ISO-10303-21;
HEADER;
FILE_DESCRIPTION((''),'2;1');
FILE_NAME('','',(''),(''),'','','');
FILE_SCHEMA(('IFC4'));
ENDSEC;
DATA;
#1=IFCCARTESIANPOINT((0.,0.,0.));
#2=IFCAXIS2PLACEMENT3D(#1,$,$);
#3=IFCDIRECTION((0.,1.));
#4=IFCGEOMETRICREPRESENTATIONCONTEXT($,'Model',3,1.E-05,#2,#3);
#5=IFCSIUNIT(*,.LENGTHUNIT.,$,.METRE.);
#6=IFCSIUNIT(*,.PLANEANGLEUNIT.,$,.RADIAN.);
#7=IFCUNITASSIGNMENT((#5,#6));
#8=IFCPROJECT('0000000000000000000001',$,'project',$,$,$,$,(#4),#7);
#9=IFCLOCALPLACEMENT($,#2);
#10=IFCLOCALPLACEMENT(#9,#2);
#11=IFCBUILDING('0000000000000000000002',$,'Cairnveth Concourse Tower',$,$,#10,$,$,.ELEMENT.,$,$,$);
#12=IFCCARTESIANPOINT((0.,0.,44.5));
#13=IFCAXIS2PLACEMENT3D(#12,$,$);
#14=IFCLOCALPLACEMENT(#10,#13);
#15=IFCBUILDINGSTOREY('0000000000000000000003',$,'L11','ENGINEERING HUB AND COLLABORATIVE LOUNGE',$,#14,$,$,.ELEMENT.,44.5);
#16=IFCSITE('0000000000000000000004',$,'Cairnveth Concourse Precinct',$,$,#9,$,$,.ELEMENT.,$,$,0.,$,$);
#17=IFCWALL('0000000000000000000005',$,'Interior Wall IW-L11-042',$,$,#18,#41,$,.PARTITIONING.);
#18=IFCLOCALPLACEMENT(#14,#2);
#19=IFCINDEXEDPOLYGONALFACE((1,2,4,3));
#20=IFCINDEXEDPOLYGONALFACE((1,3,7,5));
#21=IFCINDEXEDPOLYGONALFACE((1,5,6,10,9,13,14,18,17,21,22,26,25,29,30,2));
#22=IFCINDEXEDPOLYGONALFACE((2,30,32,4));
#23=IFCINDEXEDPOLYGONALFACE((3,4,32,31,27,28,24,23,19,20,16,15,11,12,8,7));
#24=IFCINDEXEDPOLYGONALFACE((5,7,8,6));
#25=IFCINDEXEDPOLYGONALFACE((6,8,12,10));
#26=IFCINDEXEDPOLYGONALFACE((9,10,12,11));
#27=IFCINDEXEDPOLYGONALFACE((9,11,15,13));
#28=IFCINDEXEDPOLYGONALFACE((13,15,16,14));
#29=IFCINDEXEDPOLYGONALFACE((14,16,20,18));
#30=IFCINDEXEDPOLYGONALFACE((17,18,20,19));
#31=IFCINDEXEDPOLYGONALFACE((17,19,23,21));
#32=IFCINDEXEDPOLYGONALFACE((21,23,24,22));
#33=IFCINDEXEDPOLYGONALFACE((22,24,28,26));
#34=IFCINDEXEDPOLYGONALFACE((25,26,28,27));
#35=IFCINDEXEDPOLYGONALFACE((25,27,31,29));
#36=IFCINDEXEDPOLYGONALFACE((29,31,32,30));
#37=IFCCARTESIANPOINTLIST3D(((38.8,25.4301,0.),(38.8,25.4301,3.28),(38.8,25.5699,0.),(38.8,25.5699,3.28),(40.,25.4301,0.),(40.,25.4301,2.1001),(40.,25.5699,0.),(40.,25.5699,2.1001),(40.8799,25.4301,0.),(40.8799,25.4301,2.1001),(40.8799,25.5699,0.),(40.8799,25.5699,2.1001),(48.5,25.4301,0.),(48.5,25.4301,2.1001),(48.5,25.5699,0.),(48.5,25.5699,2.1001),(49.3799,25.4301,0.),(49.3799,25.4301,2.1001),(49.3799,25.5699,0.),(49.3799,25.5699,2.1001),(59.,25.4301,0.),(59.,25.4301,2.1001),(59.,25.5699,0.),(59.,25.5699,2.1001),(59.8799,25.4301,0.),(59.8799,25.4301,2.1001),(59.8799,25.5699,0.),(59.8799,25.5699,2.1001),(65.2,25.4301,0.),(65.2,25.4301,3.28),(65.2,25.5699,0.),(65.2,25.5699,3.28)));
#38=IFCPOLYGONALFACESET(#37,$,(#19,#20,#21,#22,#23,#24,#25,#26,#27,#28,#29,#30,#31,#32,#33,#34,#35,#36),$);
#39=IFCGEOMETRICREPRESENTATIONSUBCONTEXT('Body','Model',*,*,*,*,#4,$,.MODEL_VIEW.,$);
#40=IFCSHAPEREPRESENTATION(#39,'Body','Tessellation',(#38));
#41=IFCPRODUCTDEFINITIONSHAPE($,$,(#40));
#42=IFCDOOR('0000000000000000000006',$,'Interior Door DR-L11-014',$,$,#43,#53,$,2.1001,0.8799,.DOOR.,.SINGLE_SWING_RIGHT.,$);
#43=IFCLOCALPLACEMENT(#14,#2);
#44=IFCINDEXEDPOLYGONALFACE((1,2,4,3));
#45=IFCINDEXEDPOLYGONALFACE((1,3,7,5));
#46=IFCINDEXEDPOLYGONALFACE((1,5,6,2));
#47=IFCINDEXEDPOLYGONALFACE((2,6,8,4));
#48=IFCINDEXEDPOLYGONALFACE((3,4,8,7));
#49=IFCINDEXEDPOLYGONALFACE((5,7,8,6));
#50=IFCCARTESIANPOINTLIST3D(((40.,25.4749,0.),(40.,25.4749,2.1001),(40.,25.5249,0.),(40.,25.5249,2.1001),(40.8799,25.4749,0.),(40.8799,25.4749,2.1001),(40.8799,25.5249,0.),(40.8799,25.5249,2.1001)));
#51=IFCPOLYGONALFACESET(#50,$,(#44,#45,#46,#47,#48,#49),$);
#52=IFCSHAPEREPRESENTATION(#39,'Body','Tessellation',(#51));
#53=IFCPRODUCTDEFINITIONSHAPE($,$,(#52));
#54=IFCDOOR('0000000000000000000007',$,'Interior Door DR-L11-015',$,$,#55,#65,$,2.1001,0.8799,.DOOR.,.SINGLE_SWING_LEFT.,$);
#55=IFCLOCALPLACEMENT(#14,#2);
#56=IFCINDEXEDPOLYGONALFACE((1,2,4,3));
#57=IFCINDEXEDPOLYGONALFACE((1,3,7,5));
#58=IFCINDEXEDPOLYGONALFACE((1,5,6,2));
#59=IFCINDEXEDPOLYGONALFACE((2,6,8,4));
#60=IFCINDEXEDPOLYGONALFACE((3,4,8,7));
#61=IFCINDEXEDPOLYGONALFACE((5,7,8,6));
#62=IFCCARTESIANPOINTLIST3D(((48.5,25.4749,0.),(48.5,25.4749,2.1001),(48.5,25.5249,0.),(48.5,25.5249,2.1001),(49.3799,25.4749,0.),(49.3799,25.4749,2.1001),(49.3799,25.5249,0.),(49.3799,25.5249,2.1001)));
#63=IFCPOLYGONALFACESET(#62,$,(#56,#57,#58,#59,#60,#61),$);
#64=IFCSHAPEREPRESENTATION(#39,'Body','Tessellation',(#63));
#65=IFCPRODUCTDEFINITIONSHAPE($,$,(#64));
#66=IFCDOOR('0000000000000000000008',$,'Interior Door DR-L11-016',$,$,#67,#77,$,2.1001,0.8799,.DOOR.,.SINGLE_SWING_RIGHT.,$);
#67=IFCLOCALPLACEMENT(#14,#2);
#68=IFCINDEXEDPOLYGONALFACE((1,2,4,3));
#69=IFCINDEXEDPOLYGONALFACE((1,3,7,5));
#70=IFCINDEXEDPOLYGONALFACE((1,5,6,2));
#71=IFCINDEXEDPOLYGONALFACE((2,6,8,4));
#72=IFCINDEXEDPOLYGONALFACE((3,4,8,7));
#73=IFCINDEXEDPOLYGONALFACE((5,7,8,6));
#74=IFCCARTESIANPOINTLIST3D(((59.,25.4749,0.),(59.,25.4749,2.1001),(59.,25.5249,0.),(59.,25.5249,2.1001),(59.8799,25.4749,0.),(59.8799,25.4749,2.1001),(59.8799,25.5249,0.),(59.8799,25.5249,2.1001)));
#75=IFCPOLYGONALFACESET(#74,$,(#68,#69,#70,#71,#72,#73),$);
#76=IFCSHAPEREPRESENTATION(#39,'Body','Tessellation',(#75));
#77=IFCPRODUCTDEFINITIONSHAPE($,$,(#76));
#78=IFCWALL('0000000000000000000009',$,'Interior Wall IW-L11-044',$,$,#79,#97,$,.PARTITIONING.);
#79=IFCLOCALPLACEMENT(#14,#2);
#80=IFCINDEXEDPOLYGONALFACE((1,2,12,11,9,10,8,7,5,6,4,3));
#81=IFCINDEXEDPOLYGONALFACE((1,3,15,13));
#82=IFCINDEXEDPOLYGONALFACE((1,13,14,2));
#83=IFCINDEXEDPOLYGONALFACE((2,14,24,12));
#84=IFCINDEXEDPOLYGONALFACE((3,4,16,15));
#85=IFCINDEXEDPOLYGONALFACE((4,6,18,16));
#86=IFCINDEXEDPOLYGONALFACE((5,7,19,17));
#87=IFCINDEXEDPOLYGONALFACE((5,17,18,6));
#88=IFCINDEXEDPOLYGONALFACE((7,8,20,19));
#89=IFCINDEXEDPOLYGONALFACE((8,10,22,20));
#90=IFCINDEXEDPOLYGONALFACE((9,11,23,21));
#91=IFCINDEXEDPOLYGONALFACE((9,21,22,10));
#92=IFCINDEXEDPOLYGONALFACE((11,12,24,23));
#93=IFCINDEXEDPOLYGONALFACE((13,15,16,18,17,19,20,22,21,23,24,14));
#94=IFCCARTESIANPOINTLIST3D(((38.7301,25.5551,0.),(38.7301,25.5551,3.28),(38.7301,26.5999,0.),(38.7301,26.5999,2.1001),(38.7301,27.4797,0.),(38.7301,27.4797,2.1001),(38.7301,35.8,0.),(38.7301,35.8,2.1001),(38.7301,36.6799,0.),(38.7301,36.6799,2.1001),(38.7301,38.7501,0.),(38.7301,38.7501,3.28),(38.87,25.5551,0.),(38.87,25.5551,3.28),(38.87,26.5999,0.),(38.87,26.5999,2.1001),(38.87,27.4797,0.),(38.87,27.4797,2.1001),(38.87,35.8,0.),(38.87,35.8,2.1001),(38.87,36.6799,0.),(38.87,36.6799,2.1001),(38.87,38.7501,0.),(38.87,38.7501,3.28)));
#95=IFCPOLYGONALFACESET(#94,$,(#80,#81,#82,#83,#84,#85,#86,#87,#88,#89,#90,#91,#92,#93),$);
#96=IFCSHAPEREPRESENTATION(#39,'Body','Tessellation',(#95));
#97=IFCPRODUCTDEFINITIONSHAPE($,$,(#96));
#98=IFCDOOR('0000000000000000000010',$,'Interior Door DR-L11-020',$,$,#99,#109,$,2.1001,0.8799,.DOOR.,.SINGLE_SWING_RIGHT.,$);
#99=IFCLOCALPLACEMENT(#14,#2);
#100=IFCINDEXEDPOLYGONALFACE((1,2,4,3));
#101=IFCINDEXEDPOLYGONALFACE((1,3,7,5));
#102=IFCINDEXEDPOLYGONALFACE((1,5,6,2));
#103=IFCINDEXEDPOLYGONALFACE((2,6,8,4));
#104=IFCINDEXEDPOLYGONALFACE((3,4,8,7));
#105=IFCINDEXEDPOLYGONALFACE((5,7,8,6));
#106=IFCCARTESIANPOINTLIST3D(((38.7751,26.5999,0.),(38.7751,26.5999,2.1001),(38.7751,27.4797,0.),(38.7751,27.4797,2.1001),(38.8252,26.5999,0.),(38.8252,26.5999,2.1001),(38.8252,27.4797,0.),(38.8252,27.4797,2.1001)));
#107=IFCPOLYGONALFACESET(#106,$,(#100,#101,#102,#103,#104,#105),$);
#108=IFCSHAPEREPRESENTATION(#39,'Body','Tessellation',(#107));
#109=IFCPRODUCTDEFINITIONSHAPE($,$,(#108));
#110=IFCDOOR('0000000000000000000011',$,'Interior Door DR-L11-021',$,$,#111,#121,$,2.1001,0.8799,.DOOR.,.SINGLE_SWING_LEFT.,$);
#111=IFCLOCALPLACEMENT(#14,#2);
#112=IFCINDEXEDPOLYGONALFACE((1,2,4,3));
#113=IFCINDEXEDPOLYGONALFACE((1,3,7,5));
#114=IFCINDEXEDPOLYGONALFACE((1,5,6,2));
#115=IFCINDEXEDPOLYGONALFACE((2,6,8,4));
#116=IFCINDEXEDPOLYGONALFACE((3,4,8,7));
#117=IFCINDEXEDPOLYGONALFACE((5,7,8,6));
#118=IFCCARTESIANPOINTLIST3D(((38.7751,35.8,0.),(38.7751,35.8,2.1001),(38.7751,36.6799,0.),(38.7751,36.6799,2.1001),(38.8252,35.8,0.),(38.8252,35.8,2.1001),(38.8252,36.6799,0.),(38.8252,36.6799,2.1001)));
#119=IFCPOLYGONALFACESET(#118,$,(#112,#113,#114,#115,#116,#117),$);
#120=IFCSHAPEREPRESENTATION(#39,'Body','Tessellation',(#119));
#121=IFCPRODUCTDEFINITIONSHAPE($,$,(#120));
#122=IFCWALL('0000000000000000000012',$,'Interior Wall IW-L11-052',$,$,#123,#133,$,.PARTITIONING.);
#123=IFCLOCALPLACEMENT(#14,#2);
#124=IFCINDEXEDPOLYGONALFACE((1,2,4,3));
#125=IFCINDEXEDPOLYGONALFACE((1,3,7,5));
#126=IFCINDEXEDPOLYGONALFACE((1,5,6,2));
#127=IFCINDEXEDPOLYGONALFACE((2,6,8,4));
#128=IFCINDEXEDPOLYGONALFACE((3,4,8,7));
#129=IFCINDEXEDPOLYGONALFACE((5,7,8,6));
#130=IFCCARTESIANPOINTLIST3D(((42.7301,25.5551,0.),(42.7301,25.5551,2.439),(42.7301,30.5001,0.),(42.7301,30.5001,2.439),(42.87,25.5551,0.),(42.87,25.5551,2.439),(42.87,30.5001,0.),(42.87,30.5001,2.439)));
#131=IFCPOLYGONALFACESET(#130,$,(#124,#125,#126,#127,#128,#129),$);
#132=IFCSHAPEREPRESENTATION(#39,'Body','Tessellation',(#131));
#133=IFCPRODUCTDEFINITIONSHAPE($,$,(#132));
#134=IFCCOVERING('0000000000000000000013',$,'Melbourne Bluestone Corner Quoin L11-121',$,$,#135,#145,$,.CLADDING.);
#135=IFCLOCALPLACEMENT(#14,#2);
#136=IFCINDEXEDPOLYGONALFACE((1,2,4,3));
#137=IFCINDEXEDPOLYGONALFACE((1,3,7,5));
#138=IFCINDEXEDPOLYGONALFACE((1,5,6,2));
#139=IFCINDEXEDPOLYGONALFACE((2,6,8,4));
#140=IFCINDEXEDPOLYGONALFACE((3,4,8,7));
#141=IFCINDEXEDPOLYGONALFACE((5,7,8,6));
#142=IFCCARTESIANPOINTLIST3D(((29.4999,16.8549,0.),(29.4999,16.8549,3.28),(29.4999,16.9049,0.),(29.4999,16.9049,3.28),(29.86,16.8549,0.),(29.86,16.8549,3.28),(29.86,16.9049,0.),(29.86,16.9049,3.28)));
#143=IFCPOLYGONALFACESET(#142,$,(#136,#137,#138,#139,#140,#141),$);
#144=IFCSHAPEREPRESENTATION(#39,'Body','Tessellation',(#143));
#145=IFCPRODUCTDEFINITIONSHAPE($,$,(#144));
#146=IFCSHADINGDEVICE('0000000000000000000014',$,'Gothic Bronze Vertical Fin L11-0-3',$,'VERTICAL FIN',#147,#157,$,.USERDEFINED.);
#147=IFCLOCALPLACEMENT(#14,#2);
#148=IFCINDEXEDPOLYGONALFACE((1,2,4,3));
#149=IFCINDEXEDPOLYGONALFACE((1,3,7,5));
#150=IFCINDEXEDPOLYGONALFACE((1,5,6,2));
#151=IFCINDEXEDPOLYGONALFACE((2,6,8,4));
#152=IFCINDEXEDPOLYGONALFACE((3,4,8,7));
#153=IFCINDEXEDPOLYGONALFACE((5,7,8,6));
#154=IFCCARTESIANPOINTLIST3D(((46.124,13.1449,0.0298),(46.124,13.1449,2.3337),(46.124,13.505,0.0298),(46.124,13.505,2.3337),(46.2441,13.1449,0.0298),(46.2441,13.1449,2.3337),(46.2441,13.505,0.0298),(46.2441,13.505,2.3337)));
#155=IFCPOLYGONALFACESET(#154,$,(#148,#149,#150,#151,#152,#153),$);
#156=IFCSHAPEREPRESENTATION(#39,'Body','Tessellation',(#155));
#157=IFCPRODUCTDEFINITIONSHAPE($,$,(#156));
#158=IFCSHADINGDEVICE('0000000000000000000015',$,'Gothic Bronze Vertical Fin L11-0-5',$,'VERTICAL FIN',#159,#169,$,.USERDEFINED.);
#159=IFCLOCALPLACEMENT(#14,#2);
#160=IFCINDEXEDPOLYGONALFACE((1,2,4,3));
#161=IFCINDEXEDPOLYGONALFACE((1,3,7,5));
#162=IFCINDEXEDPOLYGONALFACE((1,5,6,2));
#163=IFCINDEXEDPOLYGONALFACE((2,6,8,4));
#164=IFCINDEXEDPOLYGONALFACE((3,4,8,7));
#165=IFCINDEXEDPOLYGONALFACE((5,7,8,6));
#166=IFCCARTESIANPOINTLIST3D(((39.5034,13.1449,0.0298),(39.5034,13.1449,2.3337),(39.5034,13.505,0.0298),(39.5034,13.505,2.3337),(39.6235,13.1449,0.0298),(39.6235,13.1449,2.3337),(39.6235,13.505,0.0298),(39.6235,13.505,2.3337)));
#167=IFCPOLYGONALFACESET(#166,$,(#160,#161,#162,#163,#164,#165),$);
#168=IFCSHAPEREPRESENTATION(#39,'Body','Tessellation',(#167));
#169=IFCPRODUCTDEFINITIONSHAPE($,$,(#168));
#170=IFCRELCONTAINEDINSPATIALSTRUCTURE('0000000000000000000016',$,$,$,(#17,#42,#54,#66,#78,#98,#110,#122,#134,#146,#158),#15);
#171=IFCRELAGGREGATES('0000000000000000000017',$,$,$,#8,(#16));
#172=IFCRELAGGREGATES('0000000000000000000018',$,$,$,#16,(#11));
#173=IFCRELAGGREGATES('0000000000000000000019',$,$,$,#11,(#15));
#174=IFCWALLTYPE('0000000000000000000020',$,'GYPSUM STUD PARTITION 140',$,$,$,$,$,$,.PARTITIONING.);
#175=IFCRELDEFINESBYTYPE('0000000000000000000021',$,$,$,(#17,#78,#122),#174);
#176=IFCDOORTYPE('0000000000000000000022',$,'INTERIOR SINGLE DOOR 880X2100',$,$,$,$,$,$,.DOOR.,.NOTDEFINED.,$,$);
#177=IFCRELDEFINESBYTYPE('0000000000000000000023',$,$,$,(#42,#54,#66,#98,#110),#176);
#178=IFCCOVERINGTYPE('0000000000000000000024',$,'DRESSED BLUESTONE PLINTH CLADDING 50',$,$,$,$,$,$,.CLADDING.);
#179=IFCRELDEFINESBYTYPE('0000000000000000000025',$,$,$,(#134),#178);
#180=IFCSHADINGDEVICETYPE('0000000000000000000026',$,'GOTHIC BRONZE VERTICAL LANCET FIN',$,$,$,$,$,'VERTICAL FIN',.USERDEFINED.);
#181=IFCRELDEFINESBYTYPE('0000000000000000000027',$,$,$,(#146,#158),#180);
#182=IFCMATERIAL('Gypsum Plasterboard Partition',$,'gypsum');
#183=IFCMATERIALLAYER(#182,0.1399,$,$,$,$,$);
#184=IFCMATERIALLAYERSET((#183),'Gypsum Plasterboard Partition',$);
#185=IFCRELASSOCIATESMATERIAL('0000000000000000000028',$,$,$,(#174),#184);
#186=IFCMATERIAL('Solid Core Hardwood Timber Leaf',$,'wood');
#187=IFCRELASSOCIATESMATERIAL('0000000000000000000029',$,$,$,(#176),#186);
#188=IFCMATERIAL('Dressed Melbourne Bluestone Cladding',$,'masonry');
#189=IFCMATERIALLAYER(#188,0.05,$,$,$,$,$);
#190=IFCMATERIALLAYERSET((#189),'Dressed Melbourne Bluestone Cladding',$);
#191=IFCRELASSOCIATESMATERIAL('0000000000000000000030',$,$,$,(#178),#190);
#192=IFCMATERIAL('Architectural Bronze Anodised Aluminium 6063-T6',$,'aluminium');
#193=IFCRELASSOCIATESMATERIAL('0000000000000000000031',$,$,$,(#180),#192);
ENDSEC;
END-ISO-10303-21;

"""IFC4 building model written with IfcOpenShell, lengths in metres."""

from ifc_helpers import new_model, si_unit, direction, frame, frame_2d, origin, origin_2d, place, context, subcontext, project, spatial, rectangle, extrude, material, layer, layer_set, type_object, element, fill, save


model = new_model("IFC4")

# Units and contexts
model_context = context("Model", 3, precision=1e-05, world=origin(), true_north=direction((0.0, 1.0)))
body_context = subcontext(model_context, "Body", "Model", "MODEL_VIEW")
ifc_project = project(units=[si_unit("LENGTHUNIT", "METRE"), si_unit("PLANEANGLEUNIT", "RADIAN")], contexts=[model_context])

# Site, building, storey
site_placement = place(None, origin())
site = spatial("IfcSite", under=ifc_project, at=site_placement, Name="Cairnveth Concourse Precinct", CompositionType="ELEMENT", RefElevation=0.0)
building_placement = place(site_placement, origin())
building = spatial("IfcBuilding", under=site, at=building_placement, Name="Cairnveth Concourse Tower", CompositionType="ELEMENT")
storey_placement = place(building_placement, frame((0.0, 0.0, 44.5)))
storey = spatial("IfcBuildingStorey", under=building, at=storey_placement, Name="L11", Description="ENGINEERING HUB AND COLLABORATIVE LOUNGE", CompositionType="ELEMENT", Elevation=44.5)

# Walls, openings, doors
ifc_material_1 = material(Name="Gypsum Plasterboard Partition", Category="gypsum")
ifc_layer_1 = layer(ifc_material_1, 0.1399)
ifc_layer_set_1 = layer_set([ifc_layer_1], Name="Gypsum Plasterboard Partition")
wall_type_1 = type_object("IfcWallType", Name="GYPSUM STUD PARTITION 140", PredefinedType="PARTITIONING", material=ifc_layer_set_1)
ifc_material_2 = material(Name="Solid Core Hardwood Timber Leaf", Category="wood")
wall_1_placement = place(storey_placement, frame((38.8, 25.5, 0.0), z_axis=(0.0, 0.0, 1.0), x_axis=(1.0, 0.0, 0.0)))
wall_1 = element("IfcWall", 1, at=wall_1_placement, inside=storey, type_object=wall_type_1, Name="Interior Wall IW-L11-042", PredefinedType="PARTITIONING", context=body_context, shape_type="SweptSolid", body=[
    extrude(rectangle(XDim=26.3999, YDim=0.1399, at=frame_2d((13.2, 0.0))), origin(), (0.0, 0.0, 1.0), 3.28),
])
opening_1_placement = place(wall_1_placement, frame((1.2, 0.0, 0.0)))
opening_1 = element("IfcOpeningElement", 2, at=opening_1_placement, cuts=wall_1, PredefinedType="OPENING", context=body_context, shape_type="SweptSolid", body=[
    extrude(rectangle(XDim=0.8799, YDim=2.1001, at=frame_2d((0.4399, 1.05))), frame((0.0, 0.0798, 0.0), z_axis=(0.0, -1.0, 0.0), x_axis=(1.0, 0.0, 0.0)), (0.0, 0.0, 1.0), 0.1599),
])
opening_2_placement = place(wall_1_placement, frame((9.7, 0.0, 0.0)))
opening_2 = element("IfcOpeningElement", 3, at=opening_2_placement, cuts=wall_1, PredefinedType="OPENING", context=body_context, shape_type="SweptSolid", body=[
    extrude(rectangle(XDim=0.8799, YDim=2.1001, at=frame_2d((0.4399, 1.05))), frame((0.0, 0.0798, 0.0), z_axis=(0.0, -1.0, 0.0), x_axis=(1.0, 0.0, 0.0)), (0.0, 0.0, 1.0), 0.1599),
])
opening_3_placement = place(wall_1_placement, frame((20.2, 0.0, 0.0)))
opening_3 = element("IfcOpeningElement", 4, at=opening_3_placement, cuts=wall_1, PredefinedType="OPENING", context=body_context, shape_type="SweptSolid", body=[
    extrude(rectangle(XDim=0.8799, YDim=2.1001, at=frame_2d((0.4399, 1.05))), frame((0.0, 0.0798, 0.0), z_axis=(0.0, -1.0, 0.0), x_axis=(1.0, 0.0, 0.0)), (0.0, 0.0, 1.0), 0.1599),
])
door_type_1 = type_object("IfcDoorType", Name="INTERIOR SINGLE DOOR 880X2100", OperationType="NOTDEFINED", PredefinedType="DOOR", material=ifc_material_2)
door_1_placement = place(opening_1_placement, origin())
door_1 = element("IfcDoor", 5, at=door_1_placement, inside=storey, type_object=door_type_1, Name="Interior Door DR-L11-014", OperationType="SINGLE_SWING_RIGHT", OverallHeight=2.1001, OverallWidth=0.8799, PredefinedType="DOOR", context=body_context, shape_type="SweptSolid", body=[
    extrude(rectangle(XDim=0.8799, YDim=2.1001, at=frame_2d((0.4399, 1.05))), frame((0.0, 0.0249, 0.0), z_axis=(0.0, -1.0, 0.0), x_axis=(1.0, 0.0, 0.0)), (0.0, 0.0, 1.0), 0.05),
])
fill(opening_1, door_1)
door_2_placement = place(opening_2_placement, origin())
door_2 = element("IfcDoor", 6, at=door_2_placement, inside=storey, type_object=door_type_1, Name="Interior Door DR-L11-015", OperationType="SINGLE_SWING_LEFT", OverallHeight=2.1001, OverallWidth=0.8799, PredefinedType="DOOR", context=body_context, shape_type="SweptSolid", body=[
    extrude(rectangle(XDim=0.8799, YDim=2.1001, at=frame_2d((0.4399, 1.05))), frame((0.0, 0.0249, 0.0), z_axis=(0.0, -1.0, 0.0), x_axis=(1.0, 0.0, 0.0)), (0.0, 0.0, 1.0), 0.05),
])
fill(opening_2, door_2)
door_3_placement = place(opening_3_placement, origin())
door_3 = element("IfcDoor", 7, at=door_3_placement, inside=storey, type_object=door_type_1, Name="Interior Door DR-L11-016", OperationType="SINGLE_SWING_RIGHT", OverallHeight=2.1001, OverallWidth=0.8799, PredefinedType="DOOR", context=body_context, shape_type="SweptSolid", body=[
    extrude(rectangle(XDim=0.8799, YDim=2.1001, at=frame_2d((0.4399, 1.05))), frame((0.0, 0.0249, 0.0), z_axis=(0.0, -1.0, 0.0), x_axis=(1.0, 0.0, 0.0)), (0.0, 0.0, 1.0), 0.05),
])
fill(opening_3, door_3)
wall_2_placement = place(storey_placement, frame((38.8, 25.5549, 0.0), z_axis=(0.0, 0.0, 1.0), x_axis=(0.0, 1.0, 0.0)))
wall_2 = element("IfcWall", 8, at=wall_2_placement, inside=storey, type_object=wall_type_1, Name="Interior Wall IW-L11-044", PredefinedType="PARTITIONING", context=body_context, shape_type="SweptSolid", body=[
    extrude(rectangle(XDim=13.1951, YDim=0.1399, at=frame_2d((6.5977, 0.0))), origin(), (0.0, 0.0, 1.0), 3.28),
])
opening_4_placement = place(wall_2_placement, frame((1.0449, 0.0, 0.0)))
opening_4 = element("IfcOpeningElement", 9, at=opening_4_placement, cuts=wall_2, PredefinedType="OPENING", context=body_context, shape_type="SweptSolid", body=[
    extrude(rectangle(XDim=0.8799, YDim=2.1001, at=frame_2d((0.4399, 1.05))), frame((0.0, 0.0798, 0.0), z_axis=(0.0, -1.0, 0.0), x_axis=(1.0, 0.0, 0.0)), (0.0, 0.0, 1.0), 0.1599),
])
opening_5_placement = place(wall_2_placement, frame((10.2451, 0.0, 0.0)))
opening_5 = element("IfcOpeningElement", 10, at=opening_5_placement, cuts=wall_2, PredefinedType="OPENING", context=body_context, shape_type="SweptSolid", body=[
    extrude(rectangle(XDim=0.8799, YDim=2.1001, at=frame_2d((0.4399, 1.05))), frame((0.0, 0.0798, 0.0), z_axis=(0.0, -1.0, 0.0), x_axis=(1.0, 0.0, 0.0)), (0.0, 0.0, 1.0), 0.1599),
])
door_4_placement = place(opening_4_placement, origin())
door_4 = element("IfcDoor", 11, at=door_4_placement, inside=storey, type_object=door_type_1, Name="Interior Door DR-L11-020", OperationType="SINGLE_SWING_RIGHT", OverallHeight=2.1001, OverallWidth=0.8799, PredefinedType="DOOR", context=body_context, shape_type="SweptSolid", body=[
    extrude(rectangle(XDim=0.8799, YDim=2.1001, at=frame_2d((0.4399, 1.05))), frame((0.0, 0.0249, 0.0), z_axis=(0.0, -1.0, 0.0), x_axis=(1.0, 0.0, 0.0)), (0.0, 0.0, 1.0), 0.05),
])
fill(opening_4, door_4)
door_5_placement = place(opening_5_placement, origin())
door_5 = element("IfcDoor", 12, at=door_5_placement, inside=storey, type_object=door_type_1, Name="Interior Door DR-L11-021", OperationType="SINGLE_SWING_LEFT", OverallHeight=2.1001, OverallWidth=0.8799, PredefinedType="DOOR", context=body_context, shape_type="SweptSolid", body=[
    extrude(rectangle(XDim=0.8799, YDim=2.1001, at=frame_2d((0.4399, 1.05))), frame((0.0, 0.0249, 0.0), z_axis=(0.0, -1.0, 0.0), x_axis=(1.0, 0.0, 0.0)), (0.0, 0.0, 1.0), 0.05),
])
fill(opening_5, door_5)

# Wall
wall_3_placement = place(storey_placement, frame((42.8, 25.5549, 0.0), z_axis=(0.0, 0.0, 1.0), x_axis=(0.0, 1.0, 0.0)))
element("IfcWall", 13, at=wall_3_placement, inside=storey, type_object=wall_type_1, Name="Interior Wall IW-L11-052", PredefinedType="PARTITIONING", context=body_context, shape_type="SweptSolid", body=[
    extrude(rectangle(XDim=4.9451, YDim=0.1399, at=frame_2d((2.4727, 0.0))), origin(), (0.0, 0.0, 1.0), 2.439),
])

# Covering
ifc_material_3 = material(Name="Dressed Melbourne Bluestone Cladding", Category="masonry")
ifc_layer_2 = layer(ifc_material_3, 0.05)
ifc_layer_set_2 = layer_set([ifc_layer_2], Name="Dressed Melbourne Bluestone Cladding")
covering_type = type_object("IfcCoveringType", Name="DRESSED BLUESTONE PLINTH CLADDING 50", PredefinedType="CLADDING", material=ifc_layer_set_2)
covering_placement = place(storey_placement, frame((29.8601, 16.8799, 0.0), z_axis=(0.0, 0.0, 1.0), x_axis=(-1.0, 0.0, 0.0)))
element("IfcCovering", 14, at=covering_placement, inside=storey, type_object=covering_type, Name="Melbourne Bluestone Corner Quoin L11-121", PredefinedType="CLADDING", context=body_context, shape_type="SweptSolid", body=[
    extrude(rectangle(XDim=0.3601, YDim=0.05, at=frame_2d((0.1802, 0.0))), origin(), (0.0, 0.0, 1.0), 3.28),
])

# Shading devices
ifc_material_4 = material(Name="Architectural Bronze Anodised Aluminium 6063-T6", Category="aluminium")
shading_device_type = type_object("IfcShadingDeviceType", Name="GOTHIC BRONZE VERTICAL LANCET FIN", ElementType="VERTICAL FIN", PredefinedType="USERDEFINED", material=ifc_material_4)
for number, where, z_axis, x_axis, name in (
    (15, (46.1841, 13.325, 0.0298), (0.0, 0.0, 1.0), (1.0, 0.0, 0.0), "Gothic Bronze Vertical Fin L11-0-3"),
    (16, (39.5635, 13.325, 0.0298), (0.0, 0.0, 1.0), (1.0, 0.0, 0.0), "Gothic Bronze Vertical Fin L11-0-5"),
):
    element("IfcShadingDevice", number, at=place(storey_placement, frame(where, z_axis=z_axis, x_axis=x_axis)), inside=storey, type_object=shading_device_type, Name=name, ObjectType="VERTICAL FIN", PredefinedType="USERDEFINED", context=body_context, shape_type="SweptSolid", body=[
        extrude(rectangle(XDim=0.1201, YDim=0.3601, at=origin_2d()), origin(), (0.0, 0.0, 1.0), 2.304),
    ])

save(model, "model.ifc")
